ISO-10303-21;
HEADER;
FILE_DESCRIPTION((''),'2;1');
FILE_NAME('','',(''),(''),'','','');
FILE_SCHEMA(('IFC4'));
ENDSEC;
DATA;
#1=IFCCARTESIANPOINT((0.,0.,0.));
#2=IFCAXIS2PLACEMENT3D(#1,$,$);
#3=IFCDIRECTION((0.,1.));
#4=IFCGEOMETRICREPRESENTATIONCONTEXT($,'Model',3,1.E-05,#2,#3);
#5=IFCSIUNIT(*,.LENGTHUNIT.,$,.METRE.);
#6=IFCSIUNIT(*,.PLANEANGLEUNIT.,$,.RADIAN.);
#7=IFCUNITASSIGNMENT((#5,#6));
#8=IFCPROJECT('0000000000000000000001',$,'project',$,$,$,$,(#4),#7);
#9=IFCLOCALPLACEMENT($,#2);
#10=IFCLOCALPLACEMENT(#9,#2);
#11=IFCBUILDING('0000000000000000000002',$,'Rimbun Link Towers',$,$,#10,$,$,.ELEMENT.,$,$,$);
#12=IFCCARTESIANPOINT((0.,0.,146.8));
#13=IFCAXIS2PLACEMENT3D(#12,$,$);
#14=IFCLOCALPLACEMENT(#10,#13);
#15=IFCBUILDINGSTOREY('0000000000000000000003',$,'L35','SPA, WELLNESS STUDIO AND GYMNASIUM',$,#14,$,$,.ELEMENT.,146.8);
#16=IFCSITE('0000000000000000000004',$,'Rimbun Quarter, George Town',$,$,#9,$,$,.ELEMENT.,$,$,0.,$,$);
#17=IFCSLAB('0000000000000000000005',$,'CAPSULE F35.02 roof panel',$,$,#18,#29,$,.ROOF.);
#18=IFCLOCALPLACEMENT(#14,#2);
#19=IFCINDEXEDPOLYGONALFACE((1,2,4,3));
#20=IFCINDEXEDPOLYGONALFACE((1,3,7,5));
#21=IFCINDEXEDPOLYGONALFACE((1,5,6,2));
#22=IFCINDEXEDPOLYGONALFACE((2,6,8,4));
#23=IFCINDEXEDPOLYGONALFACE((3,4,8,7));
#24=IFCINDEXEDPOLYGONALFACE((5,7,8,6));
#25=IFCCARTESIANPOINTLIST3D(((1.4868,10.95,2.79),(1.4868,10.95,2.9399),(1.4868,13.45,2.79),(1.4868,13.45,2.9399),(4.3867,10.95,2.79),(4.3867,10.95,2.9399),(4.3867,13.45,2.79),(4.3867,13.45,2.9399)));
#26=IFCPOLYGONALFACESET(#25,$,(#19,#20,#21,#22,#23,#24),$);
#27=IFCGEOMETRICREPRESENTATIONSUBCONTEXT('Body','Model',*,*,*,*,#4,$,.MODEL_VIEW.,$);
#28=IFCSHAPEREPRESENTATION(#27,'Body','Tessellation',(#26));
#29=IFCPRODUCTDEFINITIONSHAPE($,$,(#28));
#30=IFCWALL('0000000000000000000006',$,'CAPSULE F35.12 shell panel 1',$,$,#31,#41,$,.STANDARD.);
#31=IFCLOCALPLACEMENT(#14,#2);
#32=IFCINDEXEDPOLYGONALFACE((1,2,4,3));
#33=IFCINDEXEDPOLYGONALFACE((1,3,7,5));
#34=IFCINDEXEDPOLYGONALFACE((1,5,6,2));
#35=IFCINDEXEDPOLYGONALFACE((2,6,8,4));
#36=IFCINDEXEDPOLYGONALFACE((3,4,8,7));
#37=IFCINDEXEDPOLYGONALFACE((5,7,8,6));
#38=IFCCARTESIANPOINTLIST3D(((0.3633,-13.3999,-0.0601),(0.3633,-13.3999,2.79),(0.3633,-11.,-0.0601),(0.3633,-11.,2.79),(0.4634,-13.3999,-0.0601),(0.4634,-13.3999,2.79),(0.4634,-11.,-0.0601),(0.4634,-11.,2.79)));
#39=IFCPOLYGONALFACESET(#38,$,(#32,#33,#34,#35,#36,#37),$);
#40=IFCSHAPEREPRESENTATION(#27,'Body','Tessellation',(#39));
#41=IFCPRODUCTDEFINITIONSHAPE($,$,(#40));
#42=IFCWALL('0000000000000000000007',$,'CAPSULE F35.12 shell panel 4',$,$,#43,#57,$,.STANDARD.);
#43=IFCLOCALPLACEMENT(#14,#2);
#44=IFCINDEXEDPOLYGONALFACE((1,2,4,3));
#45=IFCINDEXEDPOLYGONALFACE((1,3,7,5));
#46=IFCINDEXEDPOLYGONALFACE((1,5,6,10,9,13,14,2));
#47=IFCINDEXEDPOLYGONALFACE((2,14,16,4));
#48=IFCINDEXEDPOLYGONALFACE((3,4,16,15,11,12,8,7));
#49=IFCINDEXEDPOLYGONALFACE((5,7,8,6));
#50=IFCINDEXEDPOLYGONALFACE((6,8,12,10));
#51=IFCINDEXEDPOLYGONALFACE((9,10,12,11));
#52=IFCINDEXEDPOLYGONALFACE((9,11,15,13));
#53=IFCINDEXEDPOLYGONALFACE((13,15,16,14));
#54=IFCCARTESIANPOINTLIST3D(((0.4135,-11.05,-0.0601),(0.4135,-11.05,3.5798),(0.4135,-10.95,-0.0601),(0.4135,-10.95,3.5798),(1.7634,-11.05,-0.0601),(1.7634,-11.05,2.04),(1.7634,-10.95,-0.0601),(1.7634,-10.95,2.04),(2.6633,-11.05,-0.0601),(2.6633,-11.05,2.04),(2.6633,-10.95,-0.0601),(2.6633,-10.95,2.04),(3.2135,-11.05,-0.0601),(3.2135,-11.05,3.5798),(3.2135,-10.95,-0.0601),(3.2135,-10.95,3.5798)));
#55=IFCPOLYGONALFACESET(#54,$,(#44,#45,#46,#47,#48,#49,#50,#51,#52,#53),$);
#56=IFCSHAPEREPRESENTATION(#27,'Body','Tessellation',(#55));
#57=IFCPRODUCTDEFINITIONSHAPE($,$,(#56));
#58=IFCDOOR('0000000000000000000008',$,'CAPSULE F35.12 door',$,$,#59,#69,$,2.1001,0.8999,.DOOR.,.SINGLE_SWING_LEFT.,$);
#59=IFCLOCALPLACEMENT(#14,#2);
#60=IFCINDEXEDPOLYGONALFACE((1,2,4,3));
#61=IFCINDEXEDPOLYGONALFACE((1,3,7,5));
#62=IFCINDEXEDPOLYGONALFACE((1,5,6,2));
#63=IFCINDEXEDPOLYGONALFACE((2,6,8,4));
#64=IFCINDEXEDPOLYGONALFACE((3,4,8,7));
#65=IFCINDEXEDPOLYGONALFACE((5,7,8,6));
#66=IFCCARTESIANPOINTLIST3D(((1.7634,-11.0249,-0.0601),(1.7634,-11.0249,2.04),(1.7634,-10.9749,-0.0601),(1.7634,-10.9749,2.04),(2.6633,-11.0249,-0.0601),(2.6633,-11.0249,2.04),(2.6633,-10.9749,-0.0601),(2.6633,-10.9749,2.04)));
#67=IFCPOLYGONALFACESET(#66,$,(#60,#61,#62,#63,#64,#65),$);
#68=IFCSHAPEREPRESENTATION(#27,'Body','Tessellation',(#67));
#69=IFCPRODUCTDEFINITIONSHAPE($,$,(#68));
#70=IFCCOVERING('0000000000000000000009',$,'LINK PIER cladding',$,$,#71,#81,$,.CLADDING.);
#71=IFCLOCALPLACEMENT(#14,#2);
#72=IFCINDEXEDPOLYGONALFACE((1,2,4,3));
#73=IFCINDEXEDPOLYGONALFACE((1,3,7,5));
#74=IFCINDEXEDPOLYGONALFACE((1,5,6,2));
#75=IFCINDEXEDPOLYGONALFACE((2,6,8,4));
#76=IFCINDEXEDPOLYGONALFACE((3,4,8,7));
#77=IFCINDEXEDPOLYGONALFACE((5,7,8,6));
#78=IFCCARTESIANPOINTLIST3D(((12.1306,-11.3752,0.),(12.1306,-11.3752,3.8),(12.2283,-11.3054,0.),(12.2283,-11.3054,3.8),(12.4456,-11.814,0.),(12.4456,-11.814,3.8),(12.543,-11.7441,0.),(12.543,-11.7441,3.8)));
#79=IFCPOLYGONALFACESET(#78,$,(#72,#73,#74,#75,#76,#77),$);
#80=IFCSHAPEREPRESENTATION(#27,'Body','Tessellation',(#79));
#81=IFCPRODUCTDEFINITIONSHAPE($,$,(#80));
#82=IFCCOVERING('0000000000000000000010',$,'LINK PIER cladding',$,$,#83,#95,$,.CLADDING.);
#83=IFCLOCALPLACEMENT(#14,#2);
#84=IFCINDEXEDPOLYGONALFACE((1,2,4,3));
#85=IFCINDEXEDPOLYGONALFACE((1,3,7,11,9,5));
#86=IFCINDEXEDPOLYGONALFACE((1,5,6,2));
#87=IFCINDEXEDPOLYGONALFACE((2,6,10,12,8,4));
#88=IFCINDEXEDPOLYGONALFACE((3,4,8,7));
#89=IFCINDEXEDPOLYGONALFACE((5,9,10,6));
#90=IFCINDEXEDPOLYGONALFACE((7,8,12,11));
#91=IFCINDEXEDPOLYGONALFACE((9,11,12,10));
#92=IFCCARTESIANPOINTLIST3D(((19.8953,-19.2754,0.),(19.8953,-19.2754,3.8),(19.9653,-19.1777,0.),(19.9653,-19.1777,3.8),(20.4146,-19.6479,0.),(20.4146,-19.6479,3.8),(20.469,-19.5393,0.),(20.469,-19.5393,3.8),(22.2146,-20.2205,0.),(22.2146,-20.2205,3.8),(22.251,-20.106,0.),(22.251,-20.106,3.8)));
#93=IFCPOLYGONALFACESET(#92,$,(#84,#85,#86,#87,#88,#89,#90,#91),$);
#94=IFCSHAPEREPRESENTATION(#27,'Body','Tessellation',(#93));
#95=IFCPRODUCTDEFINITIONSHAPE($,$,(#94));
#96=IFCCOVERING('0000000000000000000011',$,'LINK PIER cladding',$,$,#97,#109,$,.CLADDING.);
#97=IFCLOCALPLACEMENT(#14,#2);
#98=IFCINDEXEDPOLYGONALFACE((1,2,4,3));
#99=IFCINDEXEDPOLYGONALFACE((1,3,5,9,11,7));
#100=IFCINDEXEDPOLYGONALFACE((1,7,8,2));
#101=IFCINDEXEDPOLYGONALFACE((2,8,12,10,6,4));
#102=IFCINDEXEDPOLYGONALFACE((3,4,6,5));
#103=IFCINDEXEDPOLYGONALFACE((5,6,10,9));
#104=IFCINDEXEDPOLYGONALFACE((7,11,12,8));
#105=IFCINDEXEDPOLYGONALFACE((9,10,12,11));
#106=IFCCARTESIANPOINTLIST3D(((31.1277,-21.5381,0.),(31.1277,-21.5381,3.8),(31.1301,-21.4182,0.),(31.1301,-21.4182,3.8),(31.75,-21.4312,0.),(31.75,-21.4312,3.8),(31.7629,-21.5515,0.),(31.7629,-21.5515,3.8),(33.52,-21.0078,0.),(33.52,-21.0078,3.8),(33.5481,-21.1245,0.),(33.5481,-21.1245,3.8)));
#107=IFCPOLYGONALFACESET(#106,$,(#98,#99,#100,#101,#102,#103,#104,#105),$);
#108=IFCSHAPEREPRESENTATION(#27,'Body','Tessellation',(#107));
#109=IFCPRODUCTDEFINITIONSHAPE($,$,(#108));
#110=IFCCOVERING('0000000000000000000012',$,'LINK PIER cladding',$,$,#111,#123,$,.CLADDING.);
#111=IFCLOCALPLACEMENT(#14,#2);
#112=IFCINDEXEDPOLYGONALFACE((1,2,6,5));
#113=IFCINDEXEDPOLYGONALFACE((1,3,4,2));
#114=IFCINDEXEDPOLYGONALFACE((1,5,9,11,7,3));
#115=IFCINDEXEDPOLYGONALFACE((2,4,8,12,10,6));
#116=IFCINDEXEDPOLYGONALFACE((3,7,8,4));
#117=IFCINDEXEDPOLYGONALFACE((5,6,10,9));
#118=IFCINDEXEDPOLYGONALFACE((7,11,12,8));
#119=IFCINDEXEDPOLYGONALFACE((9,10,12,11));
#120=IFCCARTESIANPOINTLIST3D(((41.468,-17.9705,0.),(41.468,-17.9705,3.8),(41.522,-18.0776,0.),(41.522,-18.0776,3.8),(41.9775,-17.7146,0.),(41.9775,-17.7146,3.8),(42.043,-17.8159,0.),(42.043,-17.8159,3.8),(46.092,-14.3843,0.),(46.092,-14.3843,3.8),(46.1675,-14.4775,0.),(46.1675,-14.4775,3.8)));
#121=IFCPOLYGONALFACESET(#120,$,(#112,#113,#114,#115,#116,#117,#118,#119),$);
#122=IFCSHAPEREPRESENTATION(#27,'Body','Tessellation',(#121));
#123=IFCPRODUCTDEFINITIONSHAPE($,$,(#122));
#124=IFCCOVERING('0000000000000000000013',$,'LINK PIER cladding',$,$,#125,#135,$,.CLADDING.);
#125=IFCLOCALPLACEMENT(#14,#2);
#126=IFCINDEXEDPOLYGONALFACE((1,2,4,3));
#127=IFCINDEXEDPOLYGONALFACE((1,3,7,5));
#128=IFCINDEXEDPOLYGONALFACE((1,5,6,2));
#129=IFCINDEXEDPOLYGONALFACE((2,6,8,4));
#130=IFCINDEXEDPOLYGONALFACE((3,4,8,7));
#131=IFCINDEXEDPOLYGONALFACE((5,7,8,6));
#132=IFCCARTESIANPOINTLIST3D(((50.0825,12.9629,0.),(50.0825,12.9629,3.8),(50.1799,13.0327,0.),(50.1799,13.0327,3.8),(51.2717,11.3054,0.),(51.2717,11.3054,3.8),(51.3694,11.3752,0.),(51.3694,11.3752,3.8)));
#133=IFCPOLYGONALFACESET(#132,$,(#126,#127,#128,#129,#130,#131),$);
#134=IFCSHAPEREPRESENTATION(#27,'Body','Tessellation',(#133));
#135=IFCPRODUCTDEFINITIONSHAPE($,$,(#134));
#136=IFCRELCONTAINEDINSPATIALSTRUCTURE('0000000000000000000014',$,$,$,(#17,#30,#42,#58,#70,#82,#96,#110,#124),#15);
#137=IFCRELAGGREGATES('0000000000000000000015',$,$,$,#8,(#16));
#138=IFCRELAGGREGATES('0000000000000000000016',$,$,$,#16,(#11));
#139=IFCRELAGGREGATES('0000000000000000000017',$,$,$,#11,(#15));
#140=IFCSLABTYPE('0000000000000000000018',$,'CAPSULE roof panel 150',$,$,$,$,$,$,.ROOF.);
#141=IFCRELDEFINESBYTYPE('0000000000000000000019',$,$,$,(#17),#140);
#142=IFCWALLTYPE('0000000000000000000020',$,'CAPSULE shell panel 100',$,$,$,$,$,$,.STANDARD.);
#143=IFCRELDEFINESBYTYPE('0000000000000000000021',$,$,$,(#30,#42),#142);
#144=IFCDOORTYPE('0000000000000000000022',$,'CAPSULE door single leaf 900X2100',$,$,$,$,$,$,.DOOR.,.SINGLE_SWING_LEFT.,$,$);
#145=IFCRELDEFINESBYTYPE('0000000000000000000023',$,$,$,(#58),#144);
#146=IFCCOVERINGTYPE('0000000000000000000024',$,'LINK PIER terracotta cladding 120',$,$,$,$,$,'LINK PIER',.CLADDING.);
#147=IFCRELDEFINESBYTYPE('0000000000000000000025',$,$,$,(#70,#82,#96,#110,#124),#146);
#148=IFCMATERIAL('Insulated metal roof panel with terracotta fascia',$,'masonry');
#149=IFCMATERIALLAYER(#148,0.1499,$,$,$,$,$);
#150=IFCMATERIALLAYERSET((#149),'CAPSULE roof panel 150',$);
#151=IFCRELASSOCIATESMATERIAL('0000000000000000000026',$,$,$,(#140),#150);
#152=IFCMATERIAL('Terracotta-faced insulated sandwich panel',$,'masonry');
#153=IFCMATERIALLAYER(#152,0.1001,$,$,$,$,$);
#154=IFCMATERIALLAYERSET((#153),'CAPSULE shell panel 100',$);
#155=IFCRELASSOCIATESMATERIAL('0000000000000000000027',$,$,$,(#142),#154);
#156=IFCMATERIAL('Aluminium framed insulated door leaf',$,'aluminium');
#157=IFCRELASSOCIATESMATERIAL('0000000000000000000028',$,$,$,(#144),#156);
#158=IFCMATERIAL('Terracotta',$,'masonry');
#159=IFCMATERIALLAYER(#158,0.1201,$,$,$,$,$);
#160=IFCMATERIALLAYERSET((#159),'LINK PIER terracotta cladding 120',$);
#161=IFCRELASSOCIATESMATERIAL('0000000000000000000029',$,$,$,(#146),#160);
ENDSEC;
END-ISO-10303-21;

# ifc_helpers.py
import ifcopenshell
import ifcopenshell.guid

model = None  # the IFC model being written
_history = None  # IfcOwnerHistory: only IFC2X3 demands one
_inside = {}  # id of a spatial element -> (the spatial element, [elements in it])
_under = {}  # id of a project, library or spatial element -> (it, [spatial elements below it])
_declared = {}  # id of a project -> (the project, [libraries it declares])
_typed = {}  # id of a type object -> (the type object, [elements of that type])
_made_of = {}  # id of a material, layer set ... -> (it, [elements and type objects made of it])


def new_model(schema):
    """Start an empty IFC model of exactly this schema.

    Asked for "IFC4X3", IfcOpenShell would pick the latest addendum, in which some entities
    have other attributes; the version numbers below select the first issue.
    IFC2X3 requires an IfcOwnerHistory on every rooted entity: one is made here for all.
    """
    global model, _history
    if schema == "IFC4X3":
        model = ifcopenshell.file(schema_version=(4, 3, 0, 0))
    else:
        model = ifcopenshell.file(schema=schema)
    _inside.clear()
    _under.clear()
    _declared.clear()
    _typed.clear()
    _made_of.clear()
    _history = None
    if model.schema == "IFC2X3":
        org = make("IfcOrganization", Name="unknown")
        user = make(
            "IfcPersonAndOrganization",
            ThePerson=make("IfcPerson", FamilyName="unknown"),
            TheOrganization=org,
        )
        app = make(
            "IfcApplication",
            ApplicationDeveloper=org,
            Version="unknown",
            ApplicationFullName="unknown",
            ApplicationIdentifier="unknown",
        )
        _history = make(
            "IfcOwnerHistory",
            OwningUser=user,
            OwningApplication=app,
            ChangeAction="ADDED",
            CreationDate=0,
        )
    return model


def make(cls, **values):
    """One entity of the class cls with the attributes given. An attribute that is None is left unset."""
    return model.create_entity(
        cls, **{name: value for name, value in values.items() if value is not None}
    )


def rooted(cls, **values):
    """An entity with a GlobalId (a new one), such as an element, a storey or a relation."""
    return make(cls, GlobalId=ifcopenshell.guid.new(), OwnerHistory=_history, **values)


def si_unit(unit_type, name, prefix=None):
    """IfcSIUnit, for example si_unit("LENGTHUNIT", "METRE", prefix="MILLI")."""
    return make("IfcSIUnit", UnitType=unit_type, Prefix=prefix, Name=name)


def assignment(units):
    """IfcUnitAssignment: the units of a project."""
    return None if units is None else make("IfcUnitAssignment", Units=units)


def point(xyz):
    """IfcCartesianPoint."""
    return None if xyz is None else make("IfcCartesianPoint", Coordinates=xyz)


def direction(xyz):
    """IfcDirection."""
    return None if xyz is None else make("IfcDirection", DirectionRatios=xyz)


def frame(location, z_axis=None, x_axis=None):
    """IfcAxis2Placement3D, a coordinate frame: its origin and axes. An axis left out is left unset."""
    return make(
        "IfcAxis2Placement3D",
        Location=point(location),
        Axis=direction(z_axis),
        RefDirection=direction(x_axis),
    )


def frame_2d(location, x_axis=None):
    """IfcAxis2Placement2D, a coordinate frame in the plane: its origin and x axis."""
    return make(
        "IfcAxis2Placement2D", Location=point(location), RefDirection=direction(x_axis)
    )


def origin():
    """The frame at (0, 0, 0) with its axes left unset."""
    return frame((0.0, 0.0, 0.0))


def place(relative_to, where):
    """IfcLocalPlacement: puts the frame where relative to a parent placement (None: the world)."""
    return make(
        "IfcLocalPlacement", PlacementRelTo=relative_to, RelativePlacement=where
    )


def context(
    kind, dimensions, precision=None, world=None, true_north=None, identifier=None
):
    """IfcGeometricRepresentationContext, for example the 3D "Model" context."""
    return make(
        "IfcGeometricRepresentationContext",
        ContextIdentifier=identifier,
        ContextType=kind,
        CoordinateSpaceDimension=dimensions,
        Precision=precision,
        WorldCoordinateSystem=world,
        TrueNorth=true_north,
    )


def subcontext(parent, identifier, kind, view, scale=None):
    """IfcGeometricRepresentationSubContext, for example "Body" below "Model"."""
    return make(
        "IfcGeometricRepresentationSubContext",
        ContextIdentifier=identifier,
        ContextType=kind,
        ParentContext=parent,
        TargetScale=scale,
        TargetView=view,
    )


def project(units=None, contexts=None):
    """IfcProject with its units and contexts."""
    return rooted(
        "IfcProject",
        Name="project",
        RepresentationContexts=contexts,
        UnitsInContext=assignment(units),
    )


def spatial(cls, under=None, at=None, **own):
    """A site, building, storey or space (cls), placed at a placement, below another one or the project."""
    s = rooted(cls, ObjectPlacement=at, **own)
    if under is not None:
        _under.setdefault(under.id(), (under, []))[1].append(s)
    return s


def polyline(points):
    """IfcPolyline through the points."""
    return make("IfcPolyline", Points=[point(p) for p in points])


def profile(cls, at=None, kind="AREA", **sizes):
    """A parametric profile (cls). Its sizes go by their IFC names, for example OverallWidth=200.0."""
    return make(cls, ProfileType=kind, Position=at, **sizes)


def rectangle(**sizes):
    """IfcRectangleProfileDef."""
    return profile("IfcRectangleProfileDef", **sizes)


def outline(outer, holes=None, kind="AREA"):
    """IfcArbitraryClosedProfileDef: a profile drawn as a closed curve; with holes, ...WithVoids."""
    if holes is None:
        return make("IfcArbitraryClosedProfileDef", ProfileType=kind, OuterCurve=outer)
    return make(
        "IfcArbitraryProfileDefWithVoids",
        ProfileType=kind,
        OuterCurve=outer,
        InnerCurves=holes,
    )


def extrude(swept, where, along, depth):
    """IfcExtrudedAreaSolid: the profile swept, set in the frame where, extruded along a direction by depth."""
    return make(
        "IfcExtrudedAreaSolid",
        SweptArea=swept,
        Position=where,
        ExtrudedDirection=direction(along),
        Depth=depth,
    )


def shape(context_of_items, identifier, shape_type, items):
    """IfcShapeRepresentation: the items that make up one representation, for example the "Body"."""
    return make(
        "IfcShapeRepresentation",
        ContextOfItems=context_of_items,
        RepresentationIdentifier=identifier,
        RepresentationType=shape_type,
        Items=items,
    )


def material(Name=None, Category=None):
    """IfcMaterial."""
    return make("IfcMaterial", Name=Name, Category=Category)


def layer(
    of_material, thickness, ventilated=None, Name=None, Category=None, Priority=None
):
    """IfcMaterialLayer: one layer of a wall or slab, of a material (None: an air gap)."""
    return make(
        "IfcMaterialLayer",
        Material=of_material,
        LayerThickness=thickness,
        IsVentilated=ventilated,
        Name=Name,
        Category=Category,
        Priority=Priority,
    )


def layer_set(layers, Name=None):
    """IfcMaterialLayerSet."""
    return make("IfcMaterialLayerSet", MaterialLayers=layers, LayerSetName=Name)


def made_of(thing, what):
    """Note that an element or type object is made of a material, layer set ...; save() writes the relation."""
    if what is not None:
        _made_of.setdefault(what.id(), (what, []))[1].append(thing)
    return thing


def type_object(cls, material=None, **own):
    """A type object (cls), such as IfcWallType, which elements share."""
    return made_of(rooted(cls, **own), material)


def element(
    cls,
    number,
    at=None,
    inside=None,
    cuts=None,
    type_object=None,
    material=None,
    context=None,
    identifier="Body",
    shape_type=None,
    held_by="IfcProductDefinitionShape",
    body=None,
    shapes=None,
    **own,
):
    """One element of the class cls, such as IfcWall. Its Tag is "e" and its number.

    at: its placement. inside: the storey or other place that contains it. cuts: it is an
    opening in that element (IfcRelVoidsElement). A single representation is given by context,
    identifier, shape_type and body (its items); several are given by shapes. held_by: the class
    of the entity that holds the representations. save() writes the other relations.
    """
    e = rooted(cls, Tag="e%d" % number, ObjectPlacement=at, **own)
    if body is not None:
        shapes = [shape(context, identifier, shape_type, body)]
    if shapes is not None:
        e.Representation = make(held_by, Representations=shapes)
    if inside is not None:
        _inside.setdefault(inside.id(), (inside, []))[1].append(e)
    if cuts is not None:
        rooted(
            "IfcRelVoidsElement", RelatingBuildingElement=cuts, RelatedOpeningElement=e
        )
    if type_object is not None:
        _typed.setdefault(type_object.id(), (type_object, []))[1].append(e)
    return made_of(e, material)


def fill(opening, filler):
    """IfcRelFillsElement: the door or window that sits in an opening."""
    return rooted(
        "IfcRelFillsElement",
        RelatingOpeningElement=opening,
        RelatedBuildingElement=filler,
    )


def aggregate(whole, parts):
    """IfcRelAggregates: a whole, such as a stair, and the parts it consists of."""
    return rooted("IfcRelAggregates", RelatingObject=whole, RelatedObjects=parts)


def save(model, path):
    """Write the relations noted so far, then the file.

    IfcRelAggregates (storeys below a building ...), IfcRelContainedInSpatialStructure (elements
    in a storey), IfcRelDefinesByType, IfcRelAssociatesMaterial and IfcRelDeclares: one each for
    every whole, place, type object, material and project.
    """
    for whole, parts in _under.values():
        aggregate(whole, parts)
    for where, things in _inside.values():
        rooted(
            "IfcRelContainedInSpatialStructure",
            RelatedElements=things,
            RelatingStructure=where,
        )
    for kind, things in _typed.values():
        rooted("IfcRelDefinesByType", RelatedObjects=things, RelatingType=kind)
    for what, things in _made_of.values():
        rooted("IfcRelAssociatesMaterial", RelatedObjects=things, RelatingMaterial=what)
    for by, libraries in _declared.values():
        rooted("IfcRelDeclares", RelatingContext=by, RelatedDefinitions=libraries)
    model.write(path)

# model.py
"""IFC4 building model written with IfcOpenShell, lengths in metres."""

from ifc_helpers import new_model, si_unit, direction, frame, frame_2d, origin, place, context, subcontext, project, spatial, polyline, rectangle, outline, extrude, material, layer, layer_set, type_object, element, fill, save


model = new_model("IFC4")

# Units and contexts
model_context = context("Model", 3, precision=1e-05, world=origin(), true_north=direction((0.0, 1.0)))
body_context = subcontext(model_context, "Body", "Model", "MODEL_VIEW")
ifc_project = project(units=[si_unit("LENGTHUNIT", "METRE"), si_unit("PLANEANGLEUNIT", "RADIAN")], contexts=[model_context])

# Site, building, storey
site_placement = place(None, origin())
site = spatial("IfcSite", under=ifc_project, at=site_placement, Name="Rimbun Quarter, George Town", CompositionType="ELEMENT", RefElevation=0.0)
building_placement = place(site_placement, origin())
building = spatial("IfcBuilding", under=site, at=building_placement, Name="Rimbun Link Towers", CompositionType="ELEMENT")
storey_placement = place(building_placement, frame((0.0, 0.0, 146.8)))
storey = spatial("IfcBuildingStorey", under=building, at=storey_placement, Name="L35", Description="SPA, WELLNESS STUDIO AND GYMNASIUM", CompositionType="ELEMENT", Elevation=146.8)

# Slab
ifc_material_1 = material(Name="Insulated metal roof panel with terracotta fascia", Category="masonry")
ifc_layer_1 = layer(ifc_material_1, 0.1499)
ifc_layer_set_1 = layer_set([ifc_layer_1], Name="CAPSULE roof panel 150")
slab_type_1 = type_object("IfcSlabType", Name="CAPSULE roof panel 150", PredefinedType="ROOF", material=ifc_layer_set_1)
slab_1_placement = place(storey_placement, frame((0.0, 0.0, 2.79)))
element("IfcSlab", 1, at=slab_1_placement, inside=storey, type_object=slab_type_1, Name="CAPSULE F35.02 roof panel", PredefinedType="ROOF", context=body_context, shape_type="SweptSolid", body=[
    extrude(outline(polyline([(4.3867, 13.45), (1.4868, 13.45), (1.4868, 10.95), (4.3867, 10.95), (4.3867, 13.45)])), origin(), (0.0, 0.0, 1.0), 0.1499),
])

# Wall
ifc_material_2 = material(Name="Terracotta-faced insulated sandwich panel", Category="masonry")
ifc_layer_2 = layer(ifc_material_2, 0.1001)
ifc_layer_set_2 = layer_set([ifc_layer_2], Name="CAPSULE shell panel 100")
wall_type = type_object("IfcWallType", Name="CAPSULE shell panel 100", PredefinedType="STANDARD", material=ifc_layer_set_2)
wall_1_placement = place(storey_placement, frame((0.4133, -11.0, -0.0601), z_axis=(0.0, 0.0, 1.0), x_axis=(0.0, -1.0, 0.0)))
element("IfcWall", 2, at=wall_1_placement, inside=storey, type_object=wall_type, Name="CAPSULE F35.12 shell panel 1", PredefinedType="STANDARD", context=body_context, shape_type="SweptSolid", body=[
    extrude(rectangle(XDim=2.3999, YDim=0.1001, at=frame_2d((1.2, 0.0))), origin(), (0.0, 0.0, 1.0), 2.8501),
])

# Wall, opening, door
wall_2_placement = place(storey_placement, frame((3.2134, -11.0, -0.0601), z_axis=(0.0, 0.0, 1.0), x_axis=(-1.0, 0.0, 0.0)))
wall_2 = element("IfcWall", 3, at=wall_2_placement, inside=storey, type_object=wall_type, Name="CAPSULE F35.12 shell panel 4", PredefinedType="STANDARD", context=body_context, shape_type="SweptSolid", body=[
    extrude(rectangle(XDim=2.8, YDim=0.1001, at=frame_2d((1.3999, 0.0))), origin(), (0.0, 0.0, 1.0), 3.6399),
])
opening_placement = place(wall_2_placement, frame((0.55, 0.0, 0.0)))
opening = element("IfcOpeningElement", 4, at=opening_placement, cuts=wall_2, PredefinedType="OPENING", context=body_context, shape_type="SweptSolid", body=[
    extrude(rectangle(XDim=0.8999, YDim=2.1001, at=frame_2d((0.45, 1.05))), frame((0.0, 0.0601, 0.0), z_axis=(0.0, -1.0, 0.0), x_axis=(1.0, 0.0, 0.0)), (0.0, 0.0, 1.0), 0.1201),
])
ifc_material_3 = material(Name="Aluminium framed insulated door leaf", Category="aluminium")
door_type = type_object("IfcDoorType", Name="CAPSULE door single leaf 900X2100", OperationType="SINGLE_SWING_LEFT", PredefinedType="DOOR", material=ifc_material_3)
door_placement = place(opening_placement, origin())
door = element("IfcDoor", 5, at=door_placement, inside=storey, type_object=door_type, Name="CAPSULE F35.12 door", OperationType="SINGLE_SWING_LEFT", OverallHeight=2.1001, OverallWidth=0.8999, PredefinedType="DOOR", context=body_context, shape_type="SweptSolid", body=[
    extrude(rectangle(XDim=0.8999, YDim=2.1001, at=frame_2d((0.45, 1.05))), frame((0.0, 0.0249, 0.0), z_axis=(0.0, -1.0, 0.0), x_axis=(1.0, 0.0, 0.0)), (0.0, 0.0, 1.0), 0.05),
])
fill(opening, door)

# Coverings
ifc_material_4 = material(Name="Terracotta", Category="masonry")
ifc_layer_3 = layer(ifc_material_4, 0.1201)
ifc_layer_set_3 = layer_set([ifc_layer_3], Name="LINK PIER terracotta cladding 120")
covering_type = type_object("IfcCoveringType", Name="LINK PIER terracotta cladding 120", ElementType="LINK PIER", PredefinedType="CLADDING", material=ifc_layer_set_3)
covering_1_placement = place(storey_placement, origin())
element("IfcCovering", 6, at=covering_1_placement, inside=storey, type_object=covering_type, Name="LINK PIER cladding", PredefinedType="CLADDING", context=body_context, shape_type="SweptSolid", body=[
    extrude(outline(polyline([(12.543, -11.7441), (12.2283, -11.3054), (12.1306, -11.3752), (12.4456, -11.814), (12.543, -11.7441)])), origin(), (0.0, 0.0, 1.0), 3.8),
])
covering_2_placement = place(storey_placement, origin())
element("IfcCovering", 7, at=covering_2_placement, inside=storey, type_object=covering_type, Name="LINK PIER cladding", PredefinedType="CLADDING", context=body_context, shape_type="SweptSolid", body=[
    extrude(outline(polyline([(22.251, -20.106), (20.469, -19.5393), (19.9653, -19.1777), (19.8953, -19.2754), (20.4146, -19.6479), (22.2146, -20.2205), (22.251, -20.106)])), origin(), (0.0, 0.0, 1.0), 3.8),
])
covering_3_placement = place(storey_placement, origin())
element("IfcCovering", 8, at=covering_3_placement, inside=storey, type_object=covering_type, Name="LINK PIER cladding", PredefinedType="CLADDING", context=body_context, shape_type="SweptSolid", body=[
    extrude(outline(polyline([(33.52, -21.0078), (31.75, -21.4312), (31.1301, -21.4182), (31.1277, -21.5381), (31.7629, -21.5515), (33.5481, -21.1245), (33.52, -21.0078)])), origin(), (0.0, 0.0, 1.0), 3.8),
])
covering_4_placement = place(storey_placement, origin())
element("IfcCovering", 9, at=covering_4_placement, inside=storey, type_object=covering_type, Name="LINK PIER cladding", PredefinedType="CLADDING", context=body_context, shape_type="SweptSolid", body=[
    extrude(outline(polyline([(46.092, -14.3843), (41.9775, -17.7146), (41.468, -17.9705), (41.522, -18.0776), (42.043, -17.8159), (46.1675, -14.4775), (46.092, -14.3843)])), origin(), (0.0, 0.0, 1.0), 3.8),
])
covering_5_placement = place(storey_placement, origin())
element("IfcCovering", 10, at=covering_5_placement, inside=storey, type_object=covering_type, Name="LINK PIER cladding", PredefinedType="CLADDING", context=body_context, shape_type="SweptSolid", body=[
    extrude(outline(polyline([(50.0825, 12.9629), (51.2717, 11.3054), (51.3694, 11.3752), (50.1799, 13.0327), (50.0825, 12.9629)])), origin(), (0.0, 0.0, 1.0), 3.8),
])

save(model, "model.ifc")
